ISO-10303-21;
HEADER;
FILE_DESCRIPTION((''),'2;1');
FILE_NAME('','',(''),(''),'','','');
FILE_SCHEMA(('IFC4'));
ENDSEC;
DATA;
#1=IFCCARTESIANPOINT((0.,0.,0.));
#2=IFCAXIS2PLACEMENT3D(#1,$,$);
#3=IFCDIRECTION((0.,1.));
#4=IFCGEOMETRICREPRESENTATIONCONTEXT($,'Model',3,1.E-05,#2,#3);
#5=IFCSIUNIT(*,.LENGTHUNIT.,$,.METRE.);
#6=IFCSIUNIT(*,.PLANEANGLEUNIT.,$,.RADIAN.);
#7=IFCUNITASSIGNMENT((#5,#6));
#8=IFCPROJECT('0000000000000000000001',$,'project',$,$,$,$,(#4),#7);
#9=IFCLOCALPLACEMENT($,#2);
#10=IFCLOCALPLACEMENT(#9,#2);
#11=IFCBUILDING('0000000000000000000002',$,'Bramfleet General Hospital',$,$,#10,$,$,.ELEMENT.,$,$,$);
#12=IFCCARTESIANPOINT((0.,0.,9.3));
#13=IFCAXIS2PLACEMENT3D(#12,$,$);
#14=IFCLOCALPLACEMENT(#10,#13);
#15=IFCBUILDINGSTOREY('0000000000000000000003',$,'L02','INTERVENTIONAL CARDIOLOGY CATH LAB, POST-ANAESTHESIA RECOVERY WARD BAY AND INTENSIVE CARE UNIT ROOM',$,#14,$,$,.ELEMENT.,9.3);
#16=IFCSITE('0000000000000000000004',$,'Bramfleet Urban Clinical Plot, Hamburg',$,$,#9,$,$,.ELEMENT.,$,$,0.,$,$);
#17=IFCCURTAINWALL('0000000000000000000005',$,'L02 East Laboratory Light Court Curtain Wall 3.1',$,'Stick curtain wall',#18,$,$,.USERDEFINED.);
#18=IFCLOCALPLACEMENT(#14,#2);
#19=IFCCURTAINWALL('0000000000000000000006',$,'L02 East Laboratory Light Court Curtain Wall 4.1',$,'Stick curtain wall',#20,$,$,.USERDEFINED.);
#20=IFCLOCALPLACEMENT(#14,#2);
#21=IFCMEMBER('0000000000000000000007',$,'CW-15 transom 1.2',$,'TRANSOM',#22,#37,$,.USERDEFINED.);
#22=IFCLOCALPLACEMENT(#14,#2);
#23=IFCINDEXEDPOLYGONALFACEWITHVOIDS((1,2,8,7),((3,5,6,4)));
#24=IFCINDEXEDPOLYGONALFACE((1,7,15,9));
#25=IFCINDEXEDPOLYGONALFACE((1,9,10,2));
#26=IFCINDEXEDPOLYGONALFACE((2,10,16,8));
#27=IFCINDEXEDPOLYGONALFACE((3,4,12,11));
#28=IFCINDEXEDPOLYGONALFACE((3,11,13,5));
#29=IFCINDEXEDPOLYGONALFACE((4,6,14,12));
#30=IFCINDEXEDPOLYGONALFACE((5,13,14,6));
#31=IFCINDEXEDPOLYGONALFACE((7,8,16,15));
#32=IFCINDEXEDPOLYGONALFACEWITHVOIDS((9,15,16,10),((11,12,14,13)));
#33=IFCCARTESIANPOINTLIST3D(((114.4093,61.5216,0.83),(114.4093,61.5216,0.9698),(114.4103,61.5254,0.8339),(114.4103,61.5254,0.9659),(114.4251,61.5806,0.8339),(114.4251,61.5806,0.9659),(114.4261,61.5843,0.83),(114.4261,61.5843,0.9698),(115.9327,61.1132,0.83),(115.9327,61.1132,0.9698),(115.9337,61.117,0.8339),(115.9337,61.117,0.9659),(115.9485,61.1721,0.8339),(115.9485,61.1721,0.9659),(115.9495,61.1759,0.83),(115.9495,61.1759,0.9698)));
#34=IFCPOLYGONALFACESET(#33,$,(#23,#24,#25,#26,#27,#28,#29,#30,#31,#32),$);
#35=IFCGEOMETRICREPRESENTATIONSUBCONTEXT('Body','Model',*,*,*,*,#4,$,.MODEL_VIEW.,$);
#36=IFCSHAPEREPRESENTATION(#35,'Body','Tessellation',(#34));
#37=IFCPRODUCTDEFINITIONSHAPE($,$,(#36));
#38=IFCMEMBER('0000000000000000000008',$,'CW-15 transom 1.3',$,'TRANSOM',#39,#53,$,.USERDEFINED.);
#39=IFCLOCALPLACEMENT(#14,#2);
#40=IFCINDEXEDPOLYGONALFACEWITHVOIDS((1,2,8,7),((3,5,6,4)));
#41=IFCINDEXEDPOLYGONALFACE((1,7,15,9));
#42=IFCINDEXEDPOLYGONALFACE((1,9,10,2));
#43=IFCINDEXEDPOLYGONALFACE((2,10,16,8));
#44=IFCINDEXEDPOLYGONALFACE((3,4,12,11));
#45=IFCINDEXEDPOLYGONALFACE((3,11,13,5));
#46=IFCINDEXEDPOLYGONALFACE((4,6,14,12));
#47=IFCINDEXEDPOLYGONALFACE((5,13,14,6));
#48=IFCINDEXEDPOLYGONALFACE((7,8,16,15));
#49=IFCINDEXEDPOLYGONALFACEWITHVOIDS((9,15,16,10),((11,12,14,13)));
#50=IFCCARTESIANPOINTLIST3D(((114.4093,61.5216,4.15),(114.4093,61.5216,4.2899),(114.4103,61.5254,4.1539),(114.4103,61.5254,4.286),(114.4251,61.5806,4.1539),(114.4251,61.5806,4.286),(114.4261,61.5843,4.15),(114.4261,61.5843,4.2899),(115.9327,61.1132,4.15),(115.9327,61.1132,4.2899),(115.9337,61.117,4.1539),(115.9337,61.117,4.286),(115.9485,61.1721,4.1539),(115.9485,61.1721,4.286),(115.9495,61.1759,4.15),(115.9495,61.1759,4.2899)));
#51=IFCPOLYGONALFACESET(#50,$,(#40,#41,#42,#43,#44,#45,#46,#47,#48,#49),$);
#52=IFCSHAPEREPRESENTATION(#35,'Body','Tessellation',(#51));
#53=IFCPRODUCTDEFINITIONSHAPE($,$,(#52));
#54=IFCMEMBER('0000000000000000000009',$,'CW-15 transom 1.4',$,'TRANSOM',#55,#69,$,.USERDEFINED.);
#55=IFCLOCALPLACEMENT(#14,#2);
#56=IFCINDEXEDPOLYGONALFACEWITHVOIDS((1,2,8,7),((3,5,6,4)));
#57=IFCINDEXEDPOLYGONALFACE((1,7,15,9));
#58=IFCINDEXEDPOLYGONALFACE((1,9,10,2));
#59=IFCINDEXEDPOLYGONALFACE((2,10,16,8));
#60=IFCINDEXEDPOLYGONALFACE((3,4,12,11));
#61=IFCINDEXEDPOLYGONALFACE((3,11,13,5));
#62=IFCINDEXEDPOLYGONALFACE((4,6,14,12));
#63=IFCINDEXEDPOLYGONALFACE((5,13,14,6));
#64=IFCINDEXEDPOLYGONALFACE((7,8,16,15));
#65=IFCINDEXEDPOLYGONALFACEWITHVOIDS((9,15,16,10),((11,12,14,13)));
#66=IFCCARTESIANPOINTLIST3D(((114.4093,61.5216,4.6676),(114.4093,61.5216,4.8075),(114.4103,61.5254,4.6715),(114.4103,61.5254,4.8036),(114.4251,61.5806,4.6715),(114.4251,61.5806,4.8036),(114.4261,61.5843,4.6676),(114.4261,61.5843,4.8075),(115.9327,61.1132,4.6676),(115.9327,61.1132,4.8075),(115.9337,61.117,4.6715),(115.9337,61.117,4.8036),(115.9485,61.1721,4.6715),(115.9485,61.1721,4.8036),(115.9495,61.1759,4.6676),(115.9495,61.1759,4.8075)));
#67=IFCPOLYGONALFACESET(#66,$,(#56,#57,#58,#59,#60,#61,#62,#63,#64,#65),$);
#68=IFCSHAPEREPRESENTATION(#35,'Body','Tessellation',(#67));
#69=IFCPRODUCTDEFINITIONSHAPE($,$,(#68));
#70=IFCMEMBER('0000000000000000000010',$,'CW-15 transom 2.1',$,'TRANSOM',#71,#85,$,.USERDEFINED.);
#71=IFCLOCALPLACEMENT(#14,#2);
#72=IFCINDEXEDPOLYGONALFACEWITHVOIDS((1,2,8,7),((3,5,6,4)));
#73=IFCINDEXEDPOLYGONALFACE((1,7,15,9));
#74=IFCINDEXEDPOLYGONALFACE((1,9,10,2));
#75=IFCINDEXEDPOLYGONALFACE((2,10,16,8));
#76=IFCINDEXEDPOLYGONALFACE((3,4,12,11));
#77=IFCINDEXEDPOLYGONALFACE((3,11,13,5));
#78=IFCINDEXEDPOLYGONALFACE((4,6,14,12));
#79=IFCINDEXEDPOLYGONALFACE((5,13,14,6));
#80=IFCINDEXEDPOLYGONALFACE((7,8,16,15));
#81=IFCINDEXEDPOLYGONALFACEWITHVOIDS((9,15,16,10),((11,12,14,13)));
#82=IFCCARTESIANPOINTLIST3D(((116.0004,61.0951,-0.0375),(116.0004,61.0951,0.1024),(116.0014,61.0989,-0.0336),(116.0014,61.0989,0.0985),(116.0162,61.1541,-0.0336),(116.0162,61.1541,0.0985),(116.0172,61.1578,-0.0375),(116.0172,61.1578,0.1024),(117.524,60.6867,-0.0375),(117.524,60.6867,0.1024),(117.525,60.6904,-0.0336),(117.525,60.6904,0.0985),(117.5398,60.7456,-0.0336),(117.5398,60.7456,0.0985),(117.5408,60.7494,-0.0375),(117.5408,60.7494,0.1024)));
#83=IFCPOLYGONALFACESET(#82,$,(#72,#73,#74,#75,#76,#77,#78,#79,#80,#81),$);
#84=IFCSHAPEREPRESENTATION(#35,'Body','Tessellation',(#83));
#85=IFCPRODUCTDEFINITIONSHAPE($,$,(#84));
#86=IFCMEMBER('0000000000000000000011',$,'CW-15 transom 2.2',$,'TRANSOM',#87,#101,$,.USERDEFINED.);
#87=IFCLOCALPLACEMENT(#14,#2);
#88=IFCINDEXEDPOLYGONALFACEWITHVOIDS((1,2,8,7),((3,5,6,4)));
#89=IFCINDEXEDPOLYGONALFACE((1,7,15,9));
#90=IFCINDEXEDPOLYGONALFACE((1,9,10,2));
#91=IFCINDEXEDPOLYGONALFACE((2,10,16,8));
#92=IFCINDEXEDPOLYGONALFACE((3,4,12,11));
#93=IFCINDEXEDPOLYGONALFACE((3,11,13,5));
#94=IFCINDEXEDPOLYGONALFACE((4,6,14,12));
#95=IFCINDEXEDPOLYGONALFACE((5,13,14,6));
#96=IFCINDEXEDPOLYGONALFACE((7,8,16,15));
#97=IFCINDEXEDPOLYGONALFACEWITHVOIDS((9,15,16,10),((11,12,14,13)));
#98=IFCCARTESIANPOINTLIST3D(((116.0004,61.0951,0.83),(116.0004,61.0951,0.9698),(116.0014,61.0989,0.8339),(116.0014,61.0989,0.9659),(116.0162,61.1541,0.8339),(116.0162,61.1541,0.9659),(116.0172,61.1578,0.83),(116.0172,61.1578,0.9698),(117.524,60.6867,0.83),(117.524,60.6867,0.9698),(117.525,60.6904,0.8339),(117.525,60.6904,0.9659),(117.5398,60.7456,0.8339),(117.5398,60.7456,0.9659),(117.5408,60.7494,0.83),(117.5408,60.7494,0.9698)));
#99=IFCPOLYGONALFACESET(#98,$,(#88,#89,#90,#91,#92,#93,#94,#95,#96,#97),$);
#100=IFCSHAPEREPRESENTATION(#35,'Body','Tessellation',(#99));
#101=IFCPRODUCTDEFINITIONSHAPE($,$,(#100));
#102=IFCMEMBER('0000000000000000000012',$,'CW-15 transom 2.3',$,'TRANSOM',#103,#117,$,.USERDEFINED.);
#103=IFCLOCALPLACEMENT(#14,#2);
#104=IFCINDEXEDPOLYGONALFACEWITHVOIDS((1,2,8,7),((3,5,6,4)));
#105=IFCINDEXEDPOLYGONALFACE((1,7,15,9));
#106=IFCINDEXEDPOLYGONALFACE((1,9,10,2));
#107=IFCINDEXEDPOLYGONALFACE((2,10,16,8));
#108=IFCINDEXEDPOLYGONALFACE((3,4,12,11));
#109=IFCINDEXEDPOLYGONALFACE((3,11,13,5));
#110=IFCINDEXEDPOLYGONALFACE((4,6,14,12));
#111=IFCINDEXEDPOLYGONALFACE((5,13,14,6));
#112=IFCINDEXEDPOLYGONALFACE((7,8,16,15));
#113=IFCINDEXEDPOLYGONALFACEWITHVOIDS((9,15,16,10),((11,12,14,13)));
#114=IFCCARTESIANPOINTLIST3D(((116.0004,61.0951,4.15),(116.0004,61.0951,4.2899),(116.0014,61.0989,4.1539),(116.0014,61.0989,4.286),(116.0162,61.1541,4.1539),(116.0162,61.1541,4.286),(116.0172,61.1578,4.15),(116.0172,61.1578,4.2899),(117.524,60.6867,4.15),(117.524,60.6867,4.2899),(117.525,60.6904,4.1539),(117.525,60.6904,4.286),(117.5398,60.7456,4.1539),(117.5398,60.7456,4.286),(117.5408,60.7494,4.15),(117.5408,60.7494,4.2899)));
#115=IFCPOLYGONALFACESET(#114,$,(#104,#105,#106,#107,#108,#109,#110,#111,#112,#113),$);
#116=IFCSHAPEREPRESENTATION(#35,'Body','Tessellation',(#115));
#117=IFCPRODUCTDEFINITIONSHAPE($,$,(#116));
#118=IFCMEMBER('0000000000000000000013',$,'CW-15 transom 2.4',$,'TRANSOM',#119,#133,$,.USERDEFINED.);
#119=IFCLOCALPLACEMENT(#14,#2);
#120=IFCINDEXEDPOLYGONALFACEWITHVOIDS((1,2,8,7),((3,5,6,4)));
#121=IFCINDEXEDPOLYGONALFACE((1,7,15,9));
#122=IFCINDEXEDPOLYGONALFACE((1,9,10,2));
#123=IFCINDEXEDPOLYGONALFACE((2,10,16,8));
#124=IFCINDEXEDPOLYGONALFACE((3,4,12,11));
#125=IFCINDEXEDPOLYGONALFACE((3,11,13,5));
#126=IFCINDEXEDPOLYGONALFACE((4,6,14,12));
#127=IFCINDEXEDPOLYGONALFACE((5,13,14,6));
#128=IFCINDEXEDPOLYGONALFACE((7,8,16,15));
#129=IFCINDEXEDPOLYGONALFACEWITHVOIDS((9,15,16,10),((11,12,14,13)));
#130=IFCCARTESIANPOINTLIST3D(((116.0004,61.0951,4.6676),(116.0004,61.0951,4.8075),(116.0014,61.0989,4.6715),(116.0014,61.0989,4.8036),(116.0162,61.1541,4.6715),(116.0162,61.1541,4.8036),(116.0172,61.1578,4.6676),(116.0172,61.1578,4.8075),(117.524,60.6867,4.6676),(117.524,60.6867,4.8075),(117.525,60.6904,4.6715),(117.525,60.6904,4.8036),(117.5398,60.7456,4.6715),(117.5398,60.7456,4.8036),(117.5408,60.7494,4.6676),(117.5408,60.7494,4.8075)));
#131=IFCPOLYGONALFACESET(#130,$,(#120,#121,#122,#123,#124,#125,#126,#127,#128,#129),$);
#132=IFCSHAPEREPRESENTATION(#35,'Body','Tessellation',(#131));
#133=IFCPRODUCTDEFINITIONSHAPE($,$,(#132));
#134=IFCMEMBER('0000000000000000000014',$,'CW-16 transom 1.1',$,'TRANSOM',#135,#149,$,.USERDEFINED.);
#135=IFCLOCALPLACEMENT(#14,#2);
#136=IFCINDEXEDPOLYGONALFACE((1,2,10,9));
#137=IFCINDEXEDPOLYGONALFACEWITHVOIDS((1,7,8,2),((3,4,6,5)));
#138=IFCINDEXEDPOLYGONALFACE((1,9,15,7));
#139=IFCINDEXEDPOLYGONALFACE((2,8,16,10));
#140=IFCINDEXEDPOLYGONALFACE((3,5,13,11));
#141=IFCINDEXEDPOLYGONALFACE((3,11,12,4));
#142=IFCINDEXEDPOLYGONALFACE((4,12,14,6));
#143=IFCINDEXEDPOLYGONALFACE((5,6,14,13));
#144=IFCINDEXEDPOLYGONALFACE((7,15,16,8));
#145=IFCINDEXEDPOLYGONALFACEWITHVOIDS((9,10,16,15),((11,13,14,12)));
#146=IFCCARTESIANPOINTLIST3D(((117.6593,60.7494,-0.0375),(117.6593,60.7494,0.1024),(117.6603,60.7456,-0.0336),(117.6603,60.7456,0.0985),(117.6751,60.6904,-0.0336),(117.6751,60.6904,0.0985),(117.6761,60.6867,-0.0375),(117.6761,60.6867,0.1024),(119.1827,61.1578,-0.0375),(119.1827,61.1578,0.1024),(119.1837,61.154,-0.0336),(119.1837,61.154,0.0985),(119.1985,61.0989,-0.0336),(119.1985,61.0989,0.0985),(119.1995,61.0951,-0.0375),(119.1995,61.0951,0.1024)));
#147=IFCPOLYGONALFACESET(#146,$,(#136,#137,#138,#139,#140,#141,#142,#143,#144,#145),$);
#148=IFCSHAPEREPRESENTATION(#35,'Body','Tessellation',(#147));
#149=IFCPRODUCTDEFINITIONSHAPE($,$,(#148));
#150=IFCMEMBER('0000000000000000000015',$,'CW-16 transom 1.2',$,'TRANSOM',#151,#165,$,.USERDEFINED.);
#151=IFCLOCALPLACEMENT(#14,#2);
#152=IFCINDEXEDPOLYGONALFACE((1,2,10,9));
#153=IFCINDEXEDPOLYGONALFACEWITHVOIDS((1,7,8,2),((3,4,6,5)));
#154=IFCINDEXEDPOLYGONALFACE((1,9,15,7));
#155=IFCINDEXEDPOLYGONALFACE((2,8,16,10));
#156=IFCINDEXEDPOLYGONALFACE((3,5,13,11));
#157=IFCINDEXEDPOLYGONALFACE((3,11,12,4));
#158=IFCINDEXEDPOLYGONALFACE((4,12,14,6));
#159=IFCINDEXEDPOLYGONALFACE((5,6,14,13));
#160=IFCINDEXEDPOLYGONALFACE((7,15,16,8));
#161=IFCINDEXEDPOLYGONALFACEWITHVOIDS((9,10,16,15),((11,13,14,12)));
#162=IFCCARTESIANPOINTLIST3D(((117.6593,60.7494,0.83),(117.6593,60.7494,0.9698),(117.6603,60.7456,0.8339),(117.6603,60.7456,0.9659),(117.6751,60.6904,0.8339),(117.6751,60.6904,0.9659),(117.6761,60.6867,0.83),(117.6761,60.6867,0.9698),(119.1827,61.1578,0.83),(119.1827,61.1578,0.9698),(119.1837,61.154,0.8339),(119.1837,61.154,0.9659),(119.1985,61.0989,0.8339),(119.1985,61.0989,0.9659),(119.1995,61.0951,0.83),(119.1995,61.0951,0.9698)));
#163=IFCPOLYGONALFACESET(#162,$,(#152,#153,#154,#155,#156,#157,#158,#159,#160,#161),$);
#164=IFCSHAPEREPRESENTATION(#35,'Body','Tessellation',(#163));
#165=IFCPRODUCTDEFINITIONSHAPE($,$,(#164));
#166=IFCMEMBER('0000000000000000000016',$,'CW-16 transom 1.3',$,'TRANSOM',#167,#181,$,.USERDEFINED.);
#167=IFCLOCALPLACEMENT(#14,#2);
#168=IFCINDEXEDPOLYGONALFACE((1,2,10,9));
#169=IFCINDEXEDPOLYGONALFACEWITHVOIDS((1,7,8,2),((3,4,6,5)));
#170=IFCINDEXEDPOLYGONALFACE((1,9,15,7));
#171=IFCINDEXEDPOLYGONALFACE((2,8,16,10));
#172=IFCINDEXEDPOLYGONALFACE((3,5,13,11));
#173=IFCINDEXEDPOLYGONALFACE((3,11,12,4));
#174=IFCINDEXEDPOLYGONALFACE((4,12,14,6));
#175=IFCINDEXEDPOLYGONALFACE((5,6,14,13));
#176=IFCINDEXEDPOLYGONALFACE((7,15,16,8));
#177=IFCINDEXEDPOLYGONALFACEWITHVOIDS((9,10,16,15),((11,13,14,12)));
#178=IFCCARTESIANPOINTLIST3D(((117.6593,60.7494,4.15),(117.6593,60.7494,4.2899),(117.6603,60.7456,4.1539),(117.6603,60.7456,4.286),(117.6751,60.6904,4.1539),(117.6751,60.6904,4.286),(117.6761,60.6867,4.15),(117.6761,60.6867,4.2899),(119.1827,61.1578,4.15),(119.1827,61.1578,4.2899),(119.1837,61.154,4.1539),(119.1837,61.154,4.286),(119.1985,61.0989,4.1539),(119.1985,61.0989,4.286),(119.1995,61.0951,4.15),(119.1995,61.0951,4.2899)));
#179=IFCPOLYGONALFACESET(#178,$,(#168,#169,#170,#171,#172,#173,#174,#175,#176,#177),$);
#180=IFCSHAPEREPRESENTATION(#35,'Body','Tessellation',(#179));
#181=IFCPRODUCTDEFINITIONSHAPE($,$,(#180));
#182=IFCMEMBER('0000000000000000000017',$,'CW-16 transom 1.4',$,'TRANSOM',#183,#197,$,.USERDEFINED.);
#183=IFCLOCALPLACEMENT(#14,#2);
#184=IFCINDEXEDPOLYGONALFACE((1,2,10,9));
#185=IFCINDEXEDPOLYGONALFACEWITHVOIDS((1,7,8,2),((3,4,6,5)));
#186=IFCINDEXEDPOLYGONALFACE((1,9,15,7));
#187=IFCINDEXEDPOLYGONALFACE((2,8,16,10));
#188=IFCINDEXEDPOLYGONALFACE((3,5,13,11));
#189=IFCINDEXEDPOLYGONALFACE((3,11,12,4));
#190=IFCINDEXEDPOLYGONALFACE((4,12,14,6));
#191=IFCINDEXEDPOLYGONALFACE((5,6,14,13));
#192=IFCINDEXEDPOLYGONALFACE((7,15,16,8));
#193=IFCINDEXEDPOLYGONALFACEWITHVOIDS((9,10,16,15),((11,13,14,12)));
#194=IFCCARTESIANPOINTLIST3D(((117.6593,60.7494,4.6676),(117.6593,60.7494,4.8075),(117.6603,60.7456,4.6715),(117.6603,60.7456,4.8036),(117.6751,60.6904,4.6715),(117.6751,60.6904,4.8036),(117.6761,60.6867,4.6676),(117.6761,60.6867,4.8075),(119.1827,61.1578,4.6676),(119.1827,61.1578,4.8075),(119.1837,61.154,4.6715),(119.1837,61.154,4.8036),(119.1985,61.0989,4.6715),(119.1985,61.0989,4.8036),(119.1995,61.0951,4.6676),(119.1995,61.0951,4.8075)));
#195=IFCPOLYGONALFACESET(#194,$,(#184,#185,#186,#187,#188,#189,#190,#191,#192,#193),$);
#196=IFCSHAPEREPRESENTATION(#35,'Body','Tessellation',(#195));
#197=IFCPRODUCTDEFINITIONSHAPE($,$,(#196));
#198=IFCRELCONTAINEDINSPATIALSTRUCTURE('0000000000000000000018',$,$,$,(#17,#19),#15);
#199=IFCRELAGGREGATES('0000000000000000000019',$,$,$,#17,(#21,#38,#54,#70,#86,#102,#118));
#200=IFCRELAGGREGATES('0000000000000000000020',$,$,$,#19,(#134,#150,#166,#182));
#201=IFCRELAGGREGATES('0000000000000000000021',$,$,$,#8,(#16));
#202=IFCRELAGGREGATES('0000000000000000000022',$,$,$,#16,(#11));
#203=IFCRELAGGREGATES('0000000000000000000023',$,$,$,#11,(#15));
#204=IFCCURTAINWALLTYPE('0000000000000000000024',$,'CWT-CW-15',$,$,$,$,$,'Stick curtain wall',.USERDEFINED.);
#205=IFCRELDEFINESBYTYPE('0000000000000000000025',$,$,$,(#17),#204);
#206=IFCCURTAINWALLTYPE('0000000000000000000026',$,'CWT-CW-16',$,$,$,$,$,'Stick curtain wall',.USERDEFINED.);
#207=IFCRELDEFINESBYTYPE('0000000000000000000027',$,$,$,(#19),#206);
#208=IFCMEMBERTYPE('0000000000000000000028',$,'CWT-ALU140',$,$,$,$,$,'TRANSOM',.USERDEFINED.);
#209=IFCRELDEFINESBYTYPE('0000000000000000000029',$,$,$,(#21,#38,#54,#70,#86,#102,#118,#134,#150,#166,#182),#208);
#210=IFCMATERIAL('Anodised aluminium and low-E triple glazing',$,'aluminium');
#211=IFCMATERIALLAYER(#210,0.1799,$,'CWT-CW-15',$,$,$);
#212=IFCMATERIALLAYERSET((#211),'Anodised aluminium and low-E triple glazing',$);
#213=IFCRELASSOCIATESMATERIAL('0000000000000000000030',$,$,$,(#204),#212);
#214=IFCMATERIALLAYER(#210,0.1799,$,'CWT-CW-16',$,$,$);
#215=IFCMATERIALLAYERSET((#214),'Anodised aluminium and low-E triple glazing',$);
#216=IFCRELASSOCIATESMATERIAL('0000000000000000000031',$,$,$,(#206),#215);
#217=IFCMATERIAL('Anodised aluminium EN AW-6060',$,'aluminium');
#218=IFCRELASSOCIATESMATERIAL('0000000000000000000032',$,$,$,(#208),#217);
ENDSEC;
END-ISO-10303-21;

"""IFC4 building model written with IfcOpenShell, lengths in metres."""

from ifc_helpers import new_model, si_unit, direction, frame, origin, origin_2d, place, context, subcontext, project, spatial, hollow_rectangle, extrude, material, layer, layer_set, material_profile, profile_set, type_object, element, aggregate, save


model = new_model("IFC4")

# Units and contexts
model_context = context("Model", 3, precision=1e-05, world=origin(), true_north=direction((0.0, 1.0)))
body_context = subcontext(model_context, "Body", "Model", "MODEL_VIEW")
ifc_project = project(units=[si_unit("LENGTHUNIT", "METRE"), si_unit("PLANEANGLEUNIT", "RADIAN")], contexts=[model_context])

# Site, building, storey
site_placement = place(None, origin())
site = spatial("IfcSite", under=ifc_project, at=site_placement, Name="Bramfleet Urban Clinical Plot, Hamburg", CompositionType="ELEMENT", RefElevation=0.0)
building_placement = place(site_placement, origin())
building = spatial("IfcBuilding", under=site, at=building_placement, Name="Bramfleet General Hospital", CompositionType="ELEMENT")
storey_placement = place(building_placement, frame((0.0, 0.0, 9.3)))
storey = spatial("IfcBuildingStorey", under=building, at=storey_placement, Name="L02", Description="INTERVENTIONAL CARDIOLOGY CATH LAB, POST-ANAESTHESIA RECOVERY WARD BAY AND INTENSIVE CARE UNIT ROOM", CompositionType="ELEMENT", Elevation=9.3)

# Curtain walls
ifc_material_1 = material(Name="Anodised aluminium and low-E triple glazing", Category="aluminium")
ifc_layer_1 = layer(ifc_material_1, 0.1799, Name="CWT-CW-15")
ifc_layer_set_1 = layer_set([ifc_layer_1], Name="Anodised aluminium and low-E triple glazing")
curtain_wall_type_1 = type_object("IfcCurtainWallType", Name="CWT-CW-15", ElementType="Stick curtain wall", PredefinedType="USERDEFINED", material=ifc_layer_set_1)
curtain_wall_1_placement = place(storey_placement, origin())
curtain_wall_1 = element("IfcCurtainWall", 1, at=curtain_wall_1_placement, inside=storey, type_object=curtain_wall_type_1, Name="L02 East Laboratory Light Court Curtain Wall 3.1", ObjectType="Stick curtain wall", PredefinedType="USERDEFINED")
ifc_material_2 = material(Name="Anodised aluminium EN AW-6060", Category="aluminium")
ifc_layer_2 = layer(ifc_material_1, 0.1799, Name="CWT-CW-16")
ifc_layer_set_2 = layer_set([ifc_layer_2], Name="Anodised aluminium and low-E triple glazing")
curtain_wall_type_2 = type_object("IfcCurtainWallType", Name="CWT-CW-16", ElementType="Stick curtain wall", PredefinedType="USERDEFINED", material=ifc_layer_set_2)
curtain_wall_2_placement = place(storey_placement, origin())
curtain_wall_2 = element("IfcCurtainWall", 2, at=curtain_wall_2_placement, inside=storey, type_object=curtain_wall_type_2, Name="L02 East Laboratory Light Court Curtain Wall 4.1", ObjectType="Stick curtain wall", PredefinedType="USERDEFINED")

# Members
ifc_material_profile_1 = material_profile(ifc_material_2, hollow_rectangle(XDim=0.0649, YDim=0.1399, WallThickness=0.0039, at=origin_2d()), Name="ALU 140x65x4.0")
ifc_profile_set_1 = profile_set([ifc_material_profile_1], Name="Anodised aluminium EN AW-6060")
member_type_1 = type_object("IfcMemberType", Name="CWT-ALU140", ElementType="TRANSOM", PredefinedType="USERDEFINED", material=ifc_profile_set_1)
member_1_placement = place(storey_placement, frame((114.4177, 61.553, 0.8999), z_axis=(0.965887, -0.258963, 0.0), x_axis=(0.258963, 0.965887, 0.0)))
member_1 = element("IfcMember", 3, at=member_1_placement, type_object=member_type_1, Name="CW-15 transom 1.2", ObjectType="TRANSOM", PredefinedType="USERDEFINED", context=body_context, shape_type="SweptSolid", body=[
    extrude(hollow_rectangle(XDim=0.0649, YDim=0.1399, WallThickness=0.0039, at=origin_2d()), origin(), (0.0, 0.0, 1.0), 1.5771),
])
member_2_placement = place(storey_placement, frame((114.4177, 61.553, 4.22), z_axis=(0.965887, -0.258963, 0.0), x_axis=(0.258963, 0.965887, 0.0)))
member_2 = element("IfcMember", 4, at=member_2_placement, type_object=member_type_1, Name="CW-15 transom 1.3", ObjectType="TRANSOM", PredefinedType="USERDEFINED", context=body_context, shape_type="SweptSolid", body=[
    extrude(hollow_rectangle(XDim=0.0649, YDim=0.1399, WallThickness=0.0039, at=origin_2d()), origin(), (0.0, 0.0, 1.0), 1.5771),
])
member_3_placement = place(storey_placement, frame((114.4177, 61.553, 4.7375), z_axis=(0.965887, -0.258963, 0.0), x_axis=(0.258963, 0.965887, 0.0)))
member_3 = element("IfcMember", 5, at=member_3_placement, type_object=member_type_1, Name="CW-15 transom 1.4", ObjectType="TRANSOM", PredefinedType="USERDEFINED", context=body_context, shape_type="SweptSolid", body=[
    extrude(hollow_rectangle(XDim=0.0649, YDim=0.1399, WallThickness=0.0039, at=origin_2d()), origin(), (0.0, 0.0, 1.0), 1.5771),
])
member_4_placement = place(storey_placement, frame((116.0088, 61.1265, 0.0325), z_axis=(0.965898, -0.258924, 0.0), x_axis=(0.258924, 0.965898, 0.0)))
member_4 = element("IfcMember", 6, at=member_4_placement, type_object=member_type_1, Name="CW-15 transom 2.1", ObjectType="TRANSOM", PredefinedType="USERDEFINED", context=body_context, shape_type="SweptSolid", body=[
    extrude(hollow_rectangle(XDim=0.0649, YDim=0.1399, WallThickness=0.0039, at=origin_2d()), origin(), (0.0, 0.0, 1.0), 1.5774),
])
member_5_placement = place(storey_placement, frame((116.0088, 61.1265, 0.8999), z_axis=(0.965898, -0.258924, 0.0), x_axis=(0.258924, 0.965898, 0.0)))
member_5 = element("IfcMember", 7, at=member_5_placement, type_object=member_type_1, Name="CW-15 transom 2.2", ObjectType="TRANSOM", PredefinedType="USERDEFINED", context=body_context, shape_type="SweptSolid", body=[
    extrude(hollow_rectangle(XDim=0.0649, YDim=0.1399, WallThickness=0.0039, at=origin_2d()), origin(), (0.0, 0.0, 1.0), 1.5774),
])
member_6_placement = place(storey_placement, frame((116.0088, 61.1265, 4.22), z_axis=(0.965898, -0.258924, 0.0), x_axis=(0.258924, 0.965898, 0.0)))
member_6 = element("IfcMember", 8, at=member_6_placement, type_object=member_type_1, Name="CW-15 transom 2.3", ObjectType="TRANSOM", PredefinedType="USERDEFINED", context=body_context, shape_type="SweptSolid", body=[
    extrude(hollow_rectangle(XDim=0.0649, YDim=0.1399, WallThickness=0.0039, at=origin_2d()), origin(), (0.0, 0.0, 1.0), 1.5774),
])
member_7_placement = place(storey_placement, frame((116.0088, 61.1265, 4.7375), z_axis=(0.965898, -0.258924, 0.0), x_axis=(0.258924, 0.965898, 0.0)))
member_7 = element("IfcMember", 9, at=member_7_placement, type_object=member_type_1, Name="CW-15 transom 2.4", ObjectType="TRANSOM", PredefinedType="USERDEFINED", context=body_context, shape_type="SweptSolid", body=[
    extrude(hollow_rectangle(XDim=0.0649, YDim=0.1399, WallThickness=0.0039, at=origin_2d()), origin(), (0.0, 0.0, 1.0), 1.5774),
])
member_8_placement = place(storey_placement, frame((117.6677, 60.718, 0.0325), z_axis=(0.965887, 0.258963, 0.0), x_axis=(-0.258963, 0.965887, 0.0)))
member_8 = element("IfcMember", 10, at=member_8_placement, type_object=member_type_1, Name="CW-16 transom 1.1", ObjectType="TRANSOM", PredefinedType="USERDEFINED", context=body_context, shape_type="SweptSolid", body=[
    extrude(hollow_rectangle(XDim=0.0649, YDim=0.1399, WallThickness=0.0039, at=origin_2d()), origin(), (0.0, 0.0, 1.0), 1.5771),
])
member_9_placement = place(storey_placement, frame((117.6677, 60.718, 0.8999), z_axis=(0.965887, 0.258963, 0.0), x_axis=(-0.258963, 0.965887, 0.0)))
member_9 = element("IfcMember", 11, at=member_9_placement, type_object=member_type_1, Name="CW-16 transom 1.2", ObjectType="TRANSOM", PredefinedType="USERDEFINED", context=body_context, shape_type="SweptSolid", body=[
    extrude(hollow_rectangle(XDim=0.0649, YDim=0.1399, WallThickness=0.0039, at=origin_2d()), origin(), (0.0, 0.0, 1.0), 1.5771),
])
member_10_placement = place(storey_placement, frame((117.6677, 60.718, 4.22), z_axis=(0.965887, 0.258963, 0.0), x_axis=(-0.258963, 0.965887, 0.0)))
member_10 = element("IfcMember", 12, at=member_10_placement, type_object=member_type_1, Name="CW-16 transom 1.3", ObjectType="TRANSOM", PredefinedType="USERDEFINED", context=body_context, shape_type="SweptSolid", body=[
    extrude(hollow_rectangle(XDim=0.0649, YDim=0.1399, WallThickness=0.0039, at=origin_2d()), origin(), (0.0, 0.0, 1.0), 1.5771),
])
member_11_placement = place(storey_placement, frame((117.6677, 60.718, 4.7375), z_axis=(0.965887, 0.258963, 0.0), x_axis=(-0.258963, 0.965887, 0.0)))
member_11 = element("IfcMember", 13, at=member_11_placement, type_object=member_type_1, Name="CW-16 transom 1.4", ObjectType="TRANSOM", PredefinedType="USERDEFINED", context=body_context, shape_type="SweptSolid", body=[
    extrude(hollow_rectangle(XDim=0.0649, YDim=0.1399, WallThickness=0.0039, at=origin_2d()), origin(), (0.0, 0.0, 1.0), 1.5771),
])

aggregate(curtain_wall_1, [member_1, member_2, member_3, member_4, member_5, member_6, member_7])
aggregate(curtain_wall_2, [member_8, member_9, member_10, member_11])

save(model, "model.ifc")
